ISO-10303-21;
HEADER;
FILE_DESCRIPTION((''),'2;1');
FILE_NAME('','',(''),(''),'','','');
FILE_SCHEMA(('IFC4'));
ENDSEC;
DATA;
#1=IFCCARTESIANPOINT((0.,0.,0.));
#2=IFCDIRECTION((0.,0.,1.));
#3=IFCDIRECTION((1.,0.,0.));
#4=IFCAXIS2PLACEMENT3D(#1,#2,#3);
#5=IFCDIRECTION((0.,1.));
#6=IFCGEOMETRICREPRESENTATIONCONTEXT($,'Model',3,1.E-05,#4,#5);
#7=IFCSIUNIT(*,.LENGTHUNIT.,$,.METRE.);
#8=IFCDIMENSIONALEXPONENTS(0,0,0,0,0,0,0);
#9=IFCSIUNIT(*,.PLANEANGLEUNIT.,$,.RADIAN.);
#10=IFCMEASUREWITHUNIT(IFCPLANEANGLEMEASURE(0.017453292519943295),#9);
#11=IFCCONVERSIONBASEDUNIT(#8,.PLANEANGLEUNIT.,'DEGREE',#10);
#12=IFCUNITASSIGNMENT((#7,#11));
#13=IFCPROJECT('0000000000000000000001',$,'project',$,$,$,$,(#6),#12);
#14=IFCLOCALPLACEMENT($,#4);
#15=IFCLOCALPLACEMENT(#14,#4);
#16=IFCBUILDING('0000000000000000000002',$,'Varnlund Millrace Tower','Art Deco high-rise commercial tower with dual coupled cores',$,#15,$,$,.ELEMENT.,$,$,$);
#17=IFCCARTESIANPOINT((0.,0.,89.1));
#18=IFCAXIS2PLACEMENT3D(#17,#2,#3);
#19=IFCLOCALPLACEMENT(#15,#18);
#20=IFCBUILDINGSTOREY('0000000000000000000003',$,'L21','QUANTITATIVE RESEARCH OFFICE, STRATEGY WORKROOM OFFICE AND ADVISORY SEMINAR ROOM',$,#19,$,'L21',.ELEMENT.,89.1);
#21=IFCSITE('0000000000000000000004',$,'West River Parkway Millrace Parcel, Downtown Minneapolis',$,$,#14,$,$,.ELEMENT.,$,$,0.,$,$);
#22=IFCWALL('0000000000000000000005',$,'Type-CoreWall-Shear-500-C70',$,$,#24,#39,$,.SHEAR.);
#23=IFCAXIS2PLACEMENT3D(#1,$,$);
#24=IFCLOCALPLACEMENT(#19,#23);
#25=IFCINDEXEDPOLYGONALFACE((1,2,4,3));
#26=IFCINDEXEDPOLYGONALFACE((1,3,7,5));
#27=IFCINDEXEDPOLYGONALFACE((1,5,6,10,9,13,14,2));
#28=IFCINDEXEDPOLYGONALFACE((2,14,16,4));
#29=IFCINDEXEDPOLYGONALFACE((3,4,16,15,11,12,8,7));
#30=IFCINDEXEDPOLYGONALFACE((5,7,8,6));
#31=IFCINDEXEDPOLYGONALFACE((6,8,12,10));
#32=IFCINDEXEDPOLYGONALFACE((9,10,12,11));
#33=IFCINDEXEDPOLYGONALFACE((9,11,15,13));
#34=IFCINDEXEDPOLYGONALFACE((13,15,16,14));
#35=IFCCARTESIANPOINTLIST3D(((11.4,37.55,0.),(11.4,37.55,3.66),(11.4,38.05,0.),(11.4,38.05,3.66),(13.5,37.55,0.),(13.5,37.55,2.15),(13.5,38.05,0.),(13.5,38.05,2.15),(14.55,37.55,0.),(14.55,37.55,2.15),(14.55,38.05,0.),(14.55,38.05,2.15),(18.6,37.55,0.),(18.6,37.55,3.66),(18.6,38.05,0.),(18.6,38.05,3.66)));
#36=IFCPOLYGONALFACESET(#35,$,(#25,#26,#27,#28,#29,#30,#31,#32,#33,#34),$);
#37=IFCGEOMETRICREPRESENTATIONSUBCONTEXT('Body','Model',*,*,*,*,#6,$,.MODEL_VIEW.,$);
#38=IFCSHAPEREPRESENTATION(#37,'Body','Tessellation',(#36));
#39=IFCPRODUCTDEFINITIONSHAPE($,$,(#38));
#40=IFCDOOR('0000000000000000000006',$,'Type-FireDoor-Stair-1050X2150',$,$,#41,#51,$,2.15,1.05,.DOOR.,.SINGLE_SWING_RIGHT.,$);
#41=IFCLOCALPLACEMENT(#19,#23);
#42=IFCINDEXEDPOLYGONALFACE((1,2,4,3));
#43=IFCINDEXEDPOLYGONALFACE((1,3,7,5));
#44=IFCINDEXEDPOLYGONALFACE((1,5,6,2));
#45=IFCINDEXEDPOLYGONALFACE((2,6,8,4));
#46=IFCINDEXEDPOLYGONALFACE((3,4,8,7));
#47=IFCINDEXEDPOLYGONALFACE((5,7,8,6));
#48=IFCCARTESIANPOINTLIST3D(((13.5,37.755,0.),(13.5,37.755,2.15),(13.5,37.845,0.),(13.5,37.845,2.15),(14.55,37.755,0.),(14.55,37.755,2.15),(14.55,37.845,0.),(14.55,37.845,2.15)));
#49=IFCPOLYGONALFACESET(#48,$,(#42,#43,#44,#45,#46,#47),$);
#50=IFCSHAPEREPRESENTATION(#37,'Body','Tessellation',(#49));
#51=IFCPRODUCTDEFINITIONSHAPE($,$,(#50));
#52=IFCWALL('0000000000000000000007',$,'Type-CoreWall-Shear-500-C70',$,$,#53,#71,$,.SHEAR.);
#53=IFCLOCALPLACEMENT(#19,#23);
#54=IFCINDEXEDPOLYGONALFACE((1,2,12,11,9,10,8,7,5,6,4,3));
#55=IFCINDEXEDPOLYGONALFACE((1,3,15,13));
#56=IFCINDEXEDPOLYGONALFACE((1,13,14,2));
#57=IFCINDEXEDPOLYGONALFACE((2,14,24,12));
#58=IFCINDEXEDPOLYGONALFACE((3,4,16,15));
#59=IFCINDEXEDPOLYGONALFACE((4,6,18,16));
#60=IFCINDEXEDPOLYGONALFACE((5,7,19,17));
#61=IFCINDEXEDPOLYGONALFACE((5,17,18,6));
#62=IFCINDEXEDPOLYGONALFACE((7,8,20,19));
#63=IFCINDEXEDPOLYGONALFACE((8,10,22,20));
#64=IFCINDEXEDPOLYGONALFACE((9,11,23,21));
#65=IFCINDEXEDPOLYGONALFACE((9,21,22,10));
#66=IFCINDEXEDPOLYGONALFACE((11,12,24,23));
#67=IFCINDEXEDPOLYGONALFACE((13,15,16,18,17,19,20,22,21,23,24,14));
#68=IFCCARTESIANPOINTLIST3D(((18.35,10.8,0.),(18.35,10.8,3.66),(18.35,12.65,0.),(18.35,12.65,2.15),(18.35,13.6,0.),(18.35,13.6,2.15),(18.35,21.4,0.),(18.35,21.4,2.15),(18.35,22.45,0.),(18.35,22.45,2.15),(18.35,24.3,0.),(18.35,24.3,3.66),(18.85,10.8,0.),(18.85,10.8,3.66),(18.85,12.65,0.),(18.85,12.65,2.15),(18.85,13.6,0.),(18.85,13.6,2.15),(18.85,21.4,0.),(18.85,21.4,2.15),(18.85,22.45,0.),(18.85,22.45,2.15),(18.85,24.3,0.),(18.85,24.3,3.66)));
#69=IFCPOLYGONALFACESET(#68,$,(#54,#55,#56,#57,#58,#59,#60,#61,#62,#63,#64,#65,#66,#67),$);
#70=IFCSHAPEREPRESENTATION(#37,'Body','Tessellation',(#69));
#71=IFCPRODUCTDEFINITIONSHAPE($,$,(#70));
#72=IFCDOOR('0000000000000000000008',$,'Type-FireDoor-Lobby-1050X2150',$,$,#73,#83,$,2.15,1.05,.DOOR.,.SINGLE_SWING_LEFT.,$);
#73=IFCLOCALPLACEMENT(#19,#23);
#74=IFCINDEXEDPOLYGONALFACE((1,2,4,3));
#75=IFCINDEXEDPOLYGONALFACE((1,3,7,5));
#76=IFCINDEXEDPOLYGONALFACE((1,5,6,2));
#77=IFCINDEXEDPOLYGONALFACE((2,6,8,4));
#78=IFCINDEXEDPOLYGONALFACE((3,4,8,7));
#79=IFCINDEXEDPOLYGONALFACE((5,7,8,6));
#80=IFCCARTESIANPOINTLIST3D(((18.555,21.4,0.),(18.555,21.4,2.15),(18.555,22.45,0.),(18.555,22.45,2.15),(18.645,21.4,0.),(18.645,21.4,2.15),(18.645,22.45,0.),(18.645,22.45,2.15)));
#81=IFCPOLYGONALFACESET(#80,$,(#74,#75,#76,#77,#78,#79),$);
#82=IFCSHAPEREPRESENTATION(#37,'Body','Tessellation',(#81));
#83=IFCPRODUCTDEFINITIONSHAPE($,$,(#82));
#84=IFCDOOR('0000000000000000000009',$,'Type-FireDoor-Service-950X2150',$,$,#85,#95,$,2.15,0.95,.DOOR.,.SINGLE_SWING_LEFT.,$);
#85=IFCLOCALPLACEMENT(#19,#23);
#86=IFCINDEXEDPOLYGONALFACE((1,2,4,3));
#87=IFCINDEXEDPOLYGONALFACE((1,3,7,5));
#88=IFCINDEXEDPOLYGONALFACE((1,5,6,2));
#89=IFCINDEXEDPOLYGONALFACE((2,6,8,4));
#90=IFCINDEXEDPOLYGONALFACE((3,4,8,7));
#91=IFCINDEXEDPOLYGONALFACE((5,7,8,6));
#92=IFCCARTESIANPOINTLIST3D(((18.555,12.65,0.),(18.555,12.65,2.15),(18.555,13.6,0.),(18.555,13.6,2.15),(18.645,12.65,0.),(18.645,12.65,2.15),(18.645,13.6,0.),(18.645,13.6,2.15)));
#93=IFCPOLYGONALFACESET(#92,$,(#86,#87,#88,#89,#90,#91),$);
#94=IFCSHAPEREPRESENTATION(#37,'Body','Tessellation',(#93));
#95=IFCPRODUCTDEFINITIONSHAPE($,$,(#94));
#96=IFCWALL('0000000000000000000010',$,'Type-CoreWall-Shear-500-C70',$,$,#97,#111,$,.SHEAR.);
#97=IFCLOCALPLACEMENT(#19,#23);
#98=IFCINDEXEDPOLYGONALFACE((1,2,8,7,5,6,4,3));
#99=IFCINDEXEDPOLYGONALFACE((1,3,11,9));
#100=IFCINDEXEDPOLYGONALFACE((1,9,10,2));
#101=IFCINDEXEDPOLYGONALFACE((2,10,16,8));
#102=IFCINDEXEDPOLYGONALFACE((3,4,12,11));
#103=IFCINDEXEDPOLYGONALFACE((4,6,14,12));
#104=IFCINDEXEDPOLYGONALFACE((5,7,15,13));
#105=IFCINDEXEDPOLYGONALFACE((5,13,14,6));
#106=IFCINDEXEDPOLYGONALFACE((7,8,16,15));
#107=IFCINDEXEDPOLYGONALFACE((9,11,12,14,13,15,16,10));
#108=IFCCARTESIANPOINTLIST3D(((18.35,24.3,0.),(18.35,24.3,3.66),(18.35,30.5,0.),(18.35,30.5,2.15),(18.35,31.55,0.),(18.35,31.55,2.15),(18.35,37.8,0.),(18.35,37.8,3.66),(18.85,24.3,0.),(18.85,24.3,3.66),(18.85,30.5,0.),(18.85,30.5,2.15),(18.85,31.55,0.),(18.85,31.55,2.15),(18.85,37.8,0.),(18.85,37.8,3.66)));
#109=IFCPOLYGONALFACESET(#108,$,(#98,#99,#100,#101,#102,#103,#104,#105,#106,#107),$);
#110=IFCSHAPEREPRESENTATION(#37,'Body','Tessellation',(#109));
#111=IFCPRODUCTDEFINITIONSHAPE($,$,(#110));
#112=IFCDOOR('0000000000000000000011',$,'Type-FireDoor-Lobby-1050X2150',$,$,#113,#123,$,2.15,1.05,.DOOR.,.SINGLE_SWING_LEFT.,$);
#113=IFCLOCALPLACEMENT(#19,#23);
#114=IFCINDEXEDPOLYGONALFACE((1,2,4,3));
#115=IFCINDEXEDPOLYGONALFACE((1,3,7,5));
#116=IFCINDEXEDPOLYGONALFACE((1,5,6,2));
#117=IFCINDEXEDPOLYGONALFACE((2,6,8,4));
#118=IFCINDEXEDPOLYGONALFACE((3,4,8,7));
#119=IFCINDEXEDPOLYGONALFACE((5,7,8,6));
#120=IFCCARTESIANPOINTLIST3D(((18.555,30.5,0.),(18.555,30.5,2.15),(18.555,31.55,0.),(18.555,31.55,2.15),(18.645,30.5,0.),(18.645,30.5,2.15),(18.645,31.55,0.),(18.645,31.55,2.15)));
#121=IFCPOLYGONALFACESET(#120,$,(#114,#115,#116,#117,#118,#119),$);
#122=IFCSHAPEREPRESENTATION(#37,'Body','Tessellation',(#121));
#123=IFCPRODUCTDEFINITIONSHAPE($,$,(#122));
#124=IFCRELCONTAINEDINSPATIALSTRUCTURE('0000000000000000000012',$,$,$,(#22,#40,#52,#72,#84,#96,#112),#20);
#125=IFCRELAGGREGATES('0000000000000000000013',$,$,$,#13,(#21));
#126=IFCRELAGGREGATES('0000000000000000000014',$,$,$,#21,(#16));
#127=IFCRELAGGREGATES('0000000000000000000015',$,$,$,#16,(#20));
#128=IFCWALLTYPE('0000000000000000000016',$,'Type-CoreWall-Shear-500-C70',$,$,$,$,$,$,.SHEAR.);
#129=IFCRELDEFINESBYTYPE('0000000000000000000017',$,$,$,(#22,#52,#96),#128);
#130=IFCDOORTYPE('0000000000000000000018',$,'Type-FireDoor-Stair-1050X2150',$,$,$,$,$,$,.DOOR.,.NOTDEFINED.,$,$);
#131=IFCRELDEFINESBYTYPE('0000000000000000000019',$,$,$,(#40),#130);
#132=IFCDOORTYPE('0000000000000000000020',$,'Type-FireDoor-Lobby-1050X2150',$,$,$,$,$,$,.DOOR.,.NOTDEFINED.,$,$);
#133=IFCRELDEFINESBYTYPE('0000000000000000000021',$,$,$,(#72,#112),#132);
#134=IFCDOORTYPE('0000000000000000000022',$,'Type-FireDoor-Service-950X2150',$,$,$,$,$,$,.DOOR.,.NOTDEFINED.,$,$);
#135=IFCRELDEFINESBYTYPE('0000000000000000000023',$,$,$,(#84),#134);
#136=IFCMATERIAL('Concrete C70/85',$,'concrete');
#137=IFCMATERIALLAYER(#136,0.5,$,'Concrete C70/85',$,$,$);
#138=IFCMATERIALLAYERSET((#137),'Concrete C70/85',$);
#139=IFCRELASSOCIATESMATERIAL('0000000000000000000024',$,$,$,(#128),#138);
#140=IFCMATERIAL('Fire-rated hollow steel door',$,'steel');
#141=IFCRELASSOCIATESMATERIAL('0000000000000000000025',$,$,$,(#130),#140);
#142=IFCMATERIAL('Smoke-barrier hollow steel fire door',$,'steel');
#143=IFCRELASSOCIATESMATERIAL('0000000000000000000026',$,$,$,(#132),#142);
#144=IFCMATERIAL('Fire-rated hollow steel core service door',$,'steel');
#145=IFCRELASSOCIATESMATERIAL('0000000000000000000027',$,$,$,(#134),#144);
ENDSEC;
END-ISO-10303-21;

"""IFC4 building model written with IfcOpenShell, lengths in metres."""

from ifc_helpers import new_model, entity, si_unit, converted_unit, direction, frame, origin_with_axes, origin_2d_with_axis, place, context, subcontext, project, spatial, polyline, rectangle, outline, extrude, material, layer, layer_set, type_object, element, fill, save


model = new_model("IFC4")

# Units and contexts
model_context = context("Model", 3, precision=1e-05, world=origin_with_axes(), true_north=direction((0.0, 1.0)))
body_context = subcontext(model_context, "Body", "Model", "MODEL_VIEW")
ifc_project = project(units=[si_unit("LENGTHUNIT", "METRE"), converted_unit("PLANEANGLEUNIT", "DEGREE", entity("IfcPlaneAngleMeasure", 0.017453292519943295), si_unit("PLANEANGLEUNIT", "RADIAN"), dimensions=[0, 0, 0, 0, 0, 0, 0])], contexts=[model_context])

# Site, building, storey
site_placement = place(None, origin_with_axes())
site = spatial("IfcSite", under=ifc_project, at=site_placement, Name="West River Parkway Millrace Parcel, Downtown Minneapolis", CompositionType="ELEMENT", RefElevation=0.0)
building_placement = place(site_placement, origin_with_axes())
building = spatial("IfcBuilding", under=site, at=building_placement, Name="Varnlund Millrace Tower", Description="Art Deco high-rise commercial tower with dual coupled cores", CompositionType="ELEMENT")
storey_placement = place(building_placement, frame((0.0, 0.0, 89.1), z_axis=(0.0, 0.0, 1.0), x_axis=(1.0, 0.0, 0.0)))
storey = spatial("IfcBuildingStorey", under=building, at=storey_placement, Name="L21", Description="QUANTITATIVE RESEARCH OFFICE, STRATEGY WORKROOM OFFICE AND ADVISORY SEMINAR ROOM", LongName="L21", CompositionType="ELEMENT", Elevation=89.1)

# Wall, opening, door
ifc_material_1 = material(Name="Concrete C70/85", Category="concrete")
ifc_layer_1 = layer(ifc_material_1, 0.5, Name="Concrete C70/85")
ifc_layer_set_1 = layer_set([ifc_layer_1], Name="Concrete C70/85")
wall_type_1 = type_object("IfcWallType", Name="Type-CoreWall-Shear-500-C70", PredefinedType="SHEAR", material=ifc_layer_set_1)
wall_1_placement = place(storey_placement, frame((11.4, 37.8, 0.0), z_axis=(0.0, 0.0, 1.0), x_axis=(1.0, 0.0, 0.0)))
wall_1 = element("IfcWall", 1, at=wall_1_placement, inside=storey, type_object=wall_type_1, Name="Type-CoreWall-Shear-500-C70", PredefinedType="SHEAR", context=body_context, shape_type="SweptSolid", body=[
    extrude(outline(polyline([(0.0, -0.25), (7.2, -0.25), (7.2, 0.25), (0.0, 0.25), (0.0, -0.25)])), origin_with_axes(), (0.0, 0.0, 1.0), 3.66),
])
opening_1_placement = place(wall_1_placement, frame((2.625, 0.0, 0.0), z_axis=(0.0, 0.0, 1.0), x_axis=(1.0, 0.0, 0.0)))
opening_1 = element("IfcOpeningElement", 2, at=opening_1_placement, cuts=wall_1, PredefinedType="OPENING", context=body_context, shape_type="SweptSolid", body=[
    extrude(rectangle(XDim=1.05, YDim=0.52, at=origin_2d_with_axis()), origin_with_axes(), (0.0, 0.0, 1.0), 2.15),
])
ifc_material_2 = material(Name="Fire-rated hollow steel door", Category="steel")
door_type_1 = type_object("IfcDoorType", Name="Type-FireDoor-Stair-1050X2150", OperationType="NOTDEFINED", PredefinedType="DOOR", material=ifc_material_2)
door_1_placement = place(wall_1_placement, frame((2.625, 0.0, 0.0), z_axis=(0.0, 0.0, 1.0), x_axis=(1.0, 0.0, 0.0)))
door_1 = element("IfcDoor", 3, at=door_1_placement, inside=storey, type_object=door_type_1, Name="Type-FireDoor-Stair-1050X2150", OperationType="SINGLE_SWING_RIGHT", OverallHeight=2.15, OverallWidth=1.05, PredefinedType="DOOR", context=body_context, shape_type="SweptSolid", body=[
    extrude(rectangle(XDim=1.05, YDim=0.09, at=origin_2d_with_axis()), origin_with_axes(), (0.0, 0.0, 1.0), 2.15),
])
fill(opening_1, door_1)

# Wall, openings, doors
wall_2_placement = place(storey_placement, frame((18.6, 10.8, 0.0), z_axis=(0.0, 0.0, 1.0), x_axis=(0.0, 1.0, 0.0)))
wall_2 = element("IfcWall", 4, at=wall_2_placement, inside=storey, type_object=wall_type_1, Name="Type-CoreWall-Shear-500-C70", PredefinedType="SHEAR", context=body_context, shape_type="SweptSolid", body=[
    extrude(outline(polyline([(0.0, -0.25), (13.5, -0.25), (13.5, 0.25), (0.0, 0.25), (0.0, -0.25)])), origin_with_axes(), (0.0, 0.0, 1.0), 3.66),
])
opening_2_placement = place(wall_2_placement, frame((11.125, 0.0, 0.0), z_axis=(0.0, 0.0, 1.0), x_axis=(1.0, 0.0, 0.0)))
opening_2 = element("IfcOpeningElement", 5, at=opening_2_placement, cuts=wall_2, PredefinedType="OPENING", context=body_context, shape_type="SweptSolid", body=[
    extrude(rectangle(XDim=1.05, YDim=0.52, at=origin_2d_with_axis()), origin_with_axes(), (0.0, 0.0, 1.0), 2.15),
])
opening_3_placement = place(wall_2_placement, frame((2.325, 0.0, 0.0), z_axis=(0.0, 0.0, 1.0), x_axis=(1.0, 0.0, 0.0)))
opening_3 = element("IfcOpeningElement", 6, at=opening_3_placement, cuts=wall_2, PredefinedType="OPENING", context=body_context, shape_type="SweptSolid", body=[
    extrude(rectangle(XDim=0.95, YDim=0.52, at=origin_2d_with_axis()), origin_with_axes(), (0.0, 0.0, 1.0), 2.15),
])
ifc_material_3 = material(Name="Smoke-barrier hollow steel fire door", Category="steel")
door_type_2 = type_object("IfcDoorType", Name="Type-FireDoor-Lobby-1050X2150", OperationType="NOTDEFINED", PredefinedType="DOOR", material=ifc_material_3)
door_2_placement = place(wall_2_placement, frame((11.125, 0.0, 0.0), z_axis=(0.0, 0.0, 1.0), x_axis=(1.0, 0.0, 0.0)))
door_2 = element("IfcDoor", 7, at=door_2_placement, inside=storey, type_object=door_type_2, Name="Type-FireDoor-Lobby-1050X2150", OperationType="SINGLE_SWING_LEFT", OverallHeight=2.15, OverallWidth=1.05, PredefinedType="DOOR", context=body_context, shape_type="SweptSolid", body=[
    extrude(rectangle(XDim=1.05, YDim=0.09, at=origin_2d_with_axis()), origin_with_axes(), (0.0, 0.0, 1.0), 2.15),
])
fill(opening_2, door_2)
ifc_material_4 = material(Name="Fire-rated hollow steel core service door", Category="steel")
door_type_3 = type_object("IfcDoorType", Name="Type-FireDoor-Service-950X2150", OperationType="NOTDEFINED", PredefinedType="DOOR", material=ifc_material_4)
door_3_placement = place(wall_2_placement, frame((2.325, 0.0, 0.0), z_axis=(0.0, 0.0, 1.0), x_axis=(1.0, 0.0, 0.0)))
door_3 = element("IfcDoor", 8, at=door_3_placement, inside=storey, type_object=door_type_3, Name="Type-FireDoor-Service-950X2150", OperationType="SINGLE_SWING_LEFT", OverallHeight=2.15, OverallWidth=0.95, PredefinedType="DOOR", context=body_context, shape_type="SweptSolid", body=[
    extrude(rectangle(XDim=0.95, YDim=0.09, at=origin_2d_with_axis()), origin_with_axes(), (0.0, 0.0, 1.0), 2.15),
])
fill(opening_3, door_3)

# Wall, opening, door
wall_3_placement = place(storey_placement, frame((18.6, 24.3, 0.0), z_axis=(0.0, 0.0, 1.0), x_axis=(0.0, 1.0, 0.0)))
wall_3 = element("IfcWall", 9, at=wall_3_placement, inside=storey, type_object=wall_type_1, Name="Type-CoreWall-Shear-500-C70", PredefinedType="SHEAR", context=body_context, shape_type="SweptSolid", body=[
    extrude(outline(polyline([(0.0, -0.25), (13.5, -0.25), (13.5, 0.25), (0.0, 0.25), (0.0, -0.25)])), origin_with_axes(), (0.0, 0.0, 1.0), 3.66),
])
opening_4_placement = place(wall_3_placement, frame((6.725, 0.0, 0.0), z_axis=(0.0, 0.0, 1.0), x_axis=(1.0, 0.0, 0.0)))
opening_4 = element("IfcOpeningElement", 10, at=opening_4_placement, cuts=wall_3, PredefinedType="OPENING", context=body_context, shape_type="SweptSolid", body=[
    extrude(rectangle(XDim=1.05, YDim=0.52, at=origin_2d_with_axis()), origin_with_axes(), (0.0, 0.0, 1.0), 2.15),
])
door_4_placement = place(wall_3_placement, frame((6.725, 0.0, 0.0), z_axis=(0.0, 0.0, 1.0), x_axis=(1.0, 0.0, 0.0)))
door_4 = element("IfcDoor", 11, at=door_4_placement, inside=storey, type_object=door_type_2, Name="Type-FireDoor-Lobby-1050X2150", OperationType="SINGLE_SWING_LEFT", OverallHeight=2.15, OverallWidth=1.05, PredefinedType="DOOR", context=body_context, shape_type="SweptSolid", body=[
    extrude(rectangle(XDim=1.05, YDim=0.09, at=origin_2d_with_axis()), origin_with_axes(), (0.0, 0.0, 1.0), 2.15),
])
fill(opening_4, door_4)

save(model, "model.ifc")
